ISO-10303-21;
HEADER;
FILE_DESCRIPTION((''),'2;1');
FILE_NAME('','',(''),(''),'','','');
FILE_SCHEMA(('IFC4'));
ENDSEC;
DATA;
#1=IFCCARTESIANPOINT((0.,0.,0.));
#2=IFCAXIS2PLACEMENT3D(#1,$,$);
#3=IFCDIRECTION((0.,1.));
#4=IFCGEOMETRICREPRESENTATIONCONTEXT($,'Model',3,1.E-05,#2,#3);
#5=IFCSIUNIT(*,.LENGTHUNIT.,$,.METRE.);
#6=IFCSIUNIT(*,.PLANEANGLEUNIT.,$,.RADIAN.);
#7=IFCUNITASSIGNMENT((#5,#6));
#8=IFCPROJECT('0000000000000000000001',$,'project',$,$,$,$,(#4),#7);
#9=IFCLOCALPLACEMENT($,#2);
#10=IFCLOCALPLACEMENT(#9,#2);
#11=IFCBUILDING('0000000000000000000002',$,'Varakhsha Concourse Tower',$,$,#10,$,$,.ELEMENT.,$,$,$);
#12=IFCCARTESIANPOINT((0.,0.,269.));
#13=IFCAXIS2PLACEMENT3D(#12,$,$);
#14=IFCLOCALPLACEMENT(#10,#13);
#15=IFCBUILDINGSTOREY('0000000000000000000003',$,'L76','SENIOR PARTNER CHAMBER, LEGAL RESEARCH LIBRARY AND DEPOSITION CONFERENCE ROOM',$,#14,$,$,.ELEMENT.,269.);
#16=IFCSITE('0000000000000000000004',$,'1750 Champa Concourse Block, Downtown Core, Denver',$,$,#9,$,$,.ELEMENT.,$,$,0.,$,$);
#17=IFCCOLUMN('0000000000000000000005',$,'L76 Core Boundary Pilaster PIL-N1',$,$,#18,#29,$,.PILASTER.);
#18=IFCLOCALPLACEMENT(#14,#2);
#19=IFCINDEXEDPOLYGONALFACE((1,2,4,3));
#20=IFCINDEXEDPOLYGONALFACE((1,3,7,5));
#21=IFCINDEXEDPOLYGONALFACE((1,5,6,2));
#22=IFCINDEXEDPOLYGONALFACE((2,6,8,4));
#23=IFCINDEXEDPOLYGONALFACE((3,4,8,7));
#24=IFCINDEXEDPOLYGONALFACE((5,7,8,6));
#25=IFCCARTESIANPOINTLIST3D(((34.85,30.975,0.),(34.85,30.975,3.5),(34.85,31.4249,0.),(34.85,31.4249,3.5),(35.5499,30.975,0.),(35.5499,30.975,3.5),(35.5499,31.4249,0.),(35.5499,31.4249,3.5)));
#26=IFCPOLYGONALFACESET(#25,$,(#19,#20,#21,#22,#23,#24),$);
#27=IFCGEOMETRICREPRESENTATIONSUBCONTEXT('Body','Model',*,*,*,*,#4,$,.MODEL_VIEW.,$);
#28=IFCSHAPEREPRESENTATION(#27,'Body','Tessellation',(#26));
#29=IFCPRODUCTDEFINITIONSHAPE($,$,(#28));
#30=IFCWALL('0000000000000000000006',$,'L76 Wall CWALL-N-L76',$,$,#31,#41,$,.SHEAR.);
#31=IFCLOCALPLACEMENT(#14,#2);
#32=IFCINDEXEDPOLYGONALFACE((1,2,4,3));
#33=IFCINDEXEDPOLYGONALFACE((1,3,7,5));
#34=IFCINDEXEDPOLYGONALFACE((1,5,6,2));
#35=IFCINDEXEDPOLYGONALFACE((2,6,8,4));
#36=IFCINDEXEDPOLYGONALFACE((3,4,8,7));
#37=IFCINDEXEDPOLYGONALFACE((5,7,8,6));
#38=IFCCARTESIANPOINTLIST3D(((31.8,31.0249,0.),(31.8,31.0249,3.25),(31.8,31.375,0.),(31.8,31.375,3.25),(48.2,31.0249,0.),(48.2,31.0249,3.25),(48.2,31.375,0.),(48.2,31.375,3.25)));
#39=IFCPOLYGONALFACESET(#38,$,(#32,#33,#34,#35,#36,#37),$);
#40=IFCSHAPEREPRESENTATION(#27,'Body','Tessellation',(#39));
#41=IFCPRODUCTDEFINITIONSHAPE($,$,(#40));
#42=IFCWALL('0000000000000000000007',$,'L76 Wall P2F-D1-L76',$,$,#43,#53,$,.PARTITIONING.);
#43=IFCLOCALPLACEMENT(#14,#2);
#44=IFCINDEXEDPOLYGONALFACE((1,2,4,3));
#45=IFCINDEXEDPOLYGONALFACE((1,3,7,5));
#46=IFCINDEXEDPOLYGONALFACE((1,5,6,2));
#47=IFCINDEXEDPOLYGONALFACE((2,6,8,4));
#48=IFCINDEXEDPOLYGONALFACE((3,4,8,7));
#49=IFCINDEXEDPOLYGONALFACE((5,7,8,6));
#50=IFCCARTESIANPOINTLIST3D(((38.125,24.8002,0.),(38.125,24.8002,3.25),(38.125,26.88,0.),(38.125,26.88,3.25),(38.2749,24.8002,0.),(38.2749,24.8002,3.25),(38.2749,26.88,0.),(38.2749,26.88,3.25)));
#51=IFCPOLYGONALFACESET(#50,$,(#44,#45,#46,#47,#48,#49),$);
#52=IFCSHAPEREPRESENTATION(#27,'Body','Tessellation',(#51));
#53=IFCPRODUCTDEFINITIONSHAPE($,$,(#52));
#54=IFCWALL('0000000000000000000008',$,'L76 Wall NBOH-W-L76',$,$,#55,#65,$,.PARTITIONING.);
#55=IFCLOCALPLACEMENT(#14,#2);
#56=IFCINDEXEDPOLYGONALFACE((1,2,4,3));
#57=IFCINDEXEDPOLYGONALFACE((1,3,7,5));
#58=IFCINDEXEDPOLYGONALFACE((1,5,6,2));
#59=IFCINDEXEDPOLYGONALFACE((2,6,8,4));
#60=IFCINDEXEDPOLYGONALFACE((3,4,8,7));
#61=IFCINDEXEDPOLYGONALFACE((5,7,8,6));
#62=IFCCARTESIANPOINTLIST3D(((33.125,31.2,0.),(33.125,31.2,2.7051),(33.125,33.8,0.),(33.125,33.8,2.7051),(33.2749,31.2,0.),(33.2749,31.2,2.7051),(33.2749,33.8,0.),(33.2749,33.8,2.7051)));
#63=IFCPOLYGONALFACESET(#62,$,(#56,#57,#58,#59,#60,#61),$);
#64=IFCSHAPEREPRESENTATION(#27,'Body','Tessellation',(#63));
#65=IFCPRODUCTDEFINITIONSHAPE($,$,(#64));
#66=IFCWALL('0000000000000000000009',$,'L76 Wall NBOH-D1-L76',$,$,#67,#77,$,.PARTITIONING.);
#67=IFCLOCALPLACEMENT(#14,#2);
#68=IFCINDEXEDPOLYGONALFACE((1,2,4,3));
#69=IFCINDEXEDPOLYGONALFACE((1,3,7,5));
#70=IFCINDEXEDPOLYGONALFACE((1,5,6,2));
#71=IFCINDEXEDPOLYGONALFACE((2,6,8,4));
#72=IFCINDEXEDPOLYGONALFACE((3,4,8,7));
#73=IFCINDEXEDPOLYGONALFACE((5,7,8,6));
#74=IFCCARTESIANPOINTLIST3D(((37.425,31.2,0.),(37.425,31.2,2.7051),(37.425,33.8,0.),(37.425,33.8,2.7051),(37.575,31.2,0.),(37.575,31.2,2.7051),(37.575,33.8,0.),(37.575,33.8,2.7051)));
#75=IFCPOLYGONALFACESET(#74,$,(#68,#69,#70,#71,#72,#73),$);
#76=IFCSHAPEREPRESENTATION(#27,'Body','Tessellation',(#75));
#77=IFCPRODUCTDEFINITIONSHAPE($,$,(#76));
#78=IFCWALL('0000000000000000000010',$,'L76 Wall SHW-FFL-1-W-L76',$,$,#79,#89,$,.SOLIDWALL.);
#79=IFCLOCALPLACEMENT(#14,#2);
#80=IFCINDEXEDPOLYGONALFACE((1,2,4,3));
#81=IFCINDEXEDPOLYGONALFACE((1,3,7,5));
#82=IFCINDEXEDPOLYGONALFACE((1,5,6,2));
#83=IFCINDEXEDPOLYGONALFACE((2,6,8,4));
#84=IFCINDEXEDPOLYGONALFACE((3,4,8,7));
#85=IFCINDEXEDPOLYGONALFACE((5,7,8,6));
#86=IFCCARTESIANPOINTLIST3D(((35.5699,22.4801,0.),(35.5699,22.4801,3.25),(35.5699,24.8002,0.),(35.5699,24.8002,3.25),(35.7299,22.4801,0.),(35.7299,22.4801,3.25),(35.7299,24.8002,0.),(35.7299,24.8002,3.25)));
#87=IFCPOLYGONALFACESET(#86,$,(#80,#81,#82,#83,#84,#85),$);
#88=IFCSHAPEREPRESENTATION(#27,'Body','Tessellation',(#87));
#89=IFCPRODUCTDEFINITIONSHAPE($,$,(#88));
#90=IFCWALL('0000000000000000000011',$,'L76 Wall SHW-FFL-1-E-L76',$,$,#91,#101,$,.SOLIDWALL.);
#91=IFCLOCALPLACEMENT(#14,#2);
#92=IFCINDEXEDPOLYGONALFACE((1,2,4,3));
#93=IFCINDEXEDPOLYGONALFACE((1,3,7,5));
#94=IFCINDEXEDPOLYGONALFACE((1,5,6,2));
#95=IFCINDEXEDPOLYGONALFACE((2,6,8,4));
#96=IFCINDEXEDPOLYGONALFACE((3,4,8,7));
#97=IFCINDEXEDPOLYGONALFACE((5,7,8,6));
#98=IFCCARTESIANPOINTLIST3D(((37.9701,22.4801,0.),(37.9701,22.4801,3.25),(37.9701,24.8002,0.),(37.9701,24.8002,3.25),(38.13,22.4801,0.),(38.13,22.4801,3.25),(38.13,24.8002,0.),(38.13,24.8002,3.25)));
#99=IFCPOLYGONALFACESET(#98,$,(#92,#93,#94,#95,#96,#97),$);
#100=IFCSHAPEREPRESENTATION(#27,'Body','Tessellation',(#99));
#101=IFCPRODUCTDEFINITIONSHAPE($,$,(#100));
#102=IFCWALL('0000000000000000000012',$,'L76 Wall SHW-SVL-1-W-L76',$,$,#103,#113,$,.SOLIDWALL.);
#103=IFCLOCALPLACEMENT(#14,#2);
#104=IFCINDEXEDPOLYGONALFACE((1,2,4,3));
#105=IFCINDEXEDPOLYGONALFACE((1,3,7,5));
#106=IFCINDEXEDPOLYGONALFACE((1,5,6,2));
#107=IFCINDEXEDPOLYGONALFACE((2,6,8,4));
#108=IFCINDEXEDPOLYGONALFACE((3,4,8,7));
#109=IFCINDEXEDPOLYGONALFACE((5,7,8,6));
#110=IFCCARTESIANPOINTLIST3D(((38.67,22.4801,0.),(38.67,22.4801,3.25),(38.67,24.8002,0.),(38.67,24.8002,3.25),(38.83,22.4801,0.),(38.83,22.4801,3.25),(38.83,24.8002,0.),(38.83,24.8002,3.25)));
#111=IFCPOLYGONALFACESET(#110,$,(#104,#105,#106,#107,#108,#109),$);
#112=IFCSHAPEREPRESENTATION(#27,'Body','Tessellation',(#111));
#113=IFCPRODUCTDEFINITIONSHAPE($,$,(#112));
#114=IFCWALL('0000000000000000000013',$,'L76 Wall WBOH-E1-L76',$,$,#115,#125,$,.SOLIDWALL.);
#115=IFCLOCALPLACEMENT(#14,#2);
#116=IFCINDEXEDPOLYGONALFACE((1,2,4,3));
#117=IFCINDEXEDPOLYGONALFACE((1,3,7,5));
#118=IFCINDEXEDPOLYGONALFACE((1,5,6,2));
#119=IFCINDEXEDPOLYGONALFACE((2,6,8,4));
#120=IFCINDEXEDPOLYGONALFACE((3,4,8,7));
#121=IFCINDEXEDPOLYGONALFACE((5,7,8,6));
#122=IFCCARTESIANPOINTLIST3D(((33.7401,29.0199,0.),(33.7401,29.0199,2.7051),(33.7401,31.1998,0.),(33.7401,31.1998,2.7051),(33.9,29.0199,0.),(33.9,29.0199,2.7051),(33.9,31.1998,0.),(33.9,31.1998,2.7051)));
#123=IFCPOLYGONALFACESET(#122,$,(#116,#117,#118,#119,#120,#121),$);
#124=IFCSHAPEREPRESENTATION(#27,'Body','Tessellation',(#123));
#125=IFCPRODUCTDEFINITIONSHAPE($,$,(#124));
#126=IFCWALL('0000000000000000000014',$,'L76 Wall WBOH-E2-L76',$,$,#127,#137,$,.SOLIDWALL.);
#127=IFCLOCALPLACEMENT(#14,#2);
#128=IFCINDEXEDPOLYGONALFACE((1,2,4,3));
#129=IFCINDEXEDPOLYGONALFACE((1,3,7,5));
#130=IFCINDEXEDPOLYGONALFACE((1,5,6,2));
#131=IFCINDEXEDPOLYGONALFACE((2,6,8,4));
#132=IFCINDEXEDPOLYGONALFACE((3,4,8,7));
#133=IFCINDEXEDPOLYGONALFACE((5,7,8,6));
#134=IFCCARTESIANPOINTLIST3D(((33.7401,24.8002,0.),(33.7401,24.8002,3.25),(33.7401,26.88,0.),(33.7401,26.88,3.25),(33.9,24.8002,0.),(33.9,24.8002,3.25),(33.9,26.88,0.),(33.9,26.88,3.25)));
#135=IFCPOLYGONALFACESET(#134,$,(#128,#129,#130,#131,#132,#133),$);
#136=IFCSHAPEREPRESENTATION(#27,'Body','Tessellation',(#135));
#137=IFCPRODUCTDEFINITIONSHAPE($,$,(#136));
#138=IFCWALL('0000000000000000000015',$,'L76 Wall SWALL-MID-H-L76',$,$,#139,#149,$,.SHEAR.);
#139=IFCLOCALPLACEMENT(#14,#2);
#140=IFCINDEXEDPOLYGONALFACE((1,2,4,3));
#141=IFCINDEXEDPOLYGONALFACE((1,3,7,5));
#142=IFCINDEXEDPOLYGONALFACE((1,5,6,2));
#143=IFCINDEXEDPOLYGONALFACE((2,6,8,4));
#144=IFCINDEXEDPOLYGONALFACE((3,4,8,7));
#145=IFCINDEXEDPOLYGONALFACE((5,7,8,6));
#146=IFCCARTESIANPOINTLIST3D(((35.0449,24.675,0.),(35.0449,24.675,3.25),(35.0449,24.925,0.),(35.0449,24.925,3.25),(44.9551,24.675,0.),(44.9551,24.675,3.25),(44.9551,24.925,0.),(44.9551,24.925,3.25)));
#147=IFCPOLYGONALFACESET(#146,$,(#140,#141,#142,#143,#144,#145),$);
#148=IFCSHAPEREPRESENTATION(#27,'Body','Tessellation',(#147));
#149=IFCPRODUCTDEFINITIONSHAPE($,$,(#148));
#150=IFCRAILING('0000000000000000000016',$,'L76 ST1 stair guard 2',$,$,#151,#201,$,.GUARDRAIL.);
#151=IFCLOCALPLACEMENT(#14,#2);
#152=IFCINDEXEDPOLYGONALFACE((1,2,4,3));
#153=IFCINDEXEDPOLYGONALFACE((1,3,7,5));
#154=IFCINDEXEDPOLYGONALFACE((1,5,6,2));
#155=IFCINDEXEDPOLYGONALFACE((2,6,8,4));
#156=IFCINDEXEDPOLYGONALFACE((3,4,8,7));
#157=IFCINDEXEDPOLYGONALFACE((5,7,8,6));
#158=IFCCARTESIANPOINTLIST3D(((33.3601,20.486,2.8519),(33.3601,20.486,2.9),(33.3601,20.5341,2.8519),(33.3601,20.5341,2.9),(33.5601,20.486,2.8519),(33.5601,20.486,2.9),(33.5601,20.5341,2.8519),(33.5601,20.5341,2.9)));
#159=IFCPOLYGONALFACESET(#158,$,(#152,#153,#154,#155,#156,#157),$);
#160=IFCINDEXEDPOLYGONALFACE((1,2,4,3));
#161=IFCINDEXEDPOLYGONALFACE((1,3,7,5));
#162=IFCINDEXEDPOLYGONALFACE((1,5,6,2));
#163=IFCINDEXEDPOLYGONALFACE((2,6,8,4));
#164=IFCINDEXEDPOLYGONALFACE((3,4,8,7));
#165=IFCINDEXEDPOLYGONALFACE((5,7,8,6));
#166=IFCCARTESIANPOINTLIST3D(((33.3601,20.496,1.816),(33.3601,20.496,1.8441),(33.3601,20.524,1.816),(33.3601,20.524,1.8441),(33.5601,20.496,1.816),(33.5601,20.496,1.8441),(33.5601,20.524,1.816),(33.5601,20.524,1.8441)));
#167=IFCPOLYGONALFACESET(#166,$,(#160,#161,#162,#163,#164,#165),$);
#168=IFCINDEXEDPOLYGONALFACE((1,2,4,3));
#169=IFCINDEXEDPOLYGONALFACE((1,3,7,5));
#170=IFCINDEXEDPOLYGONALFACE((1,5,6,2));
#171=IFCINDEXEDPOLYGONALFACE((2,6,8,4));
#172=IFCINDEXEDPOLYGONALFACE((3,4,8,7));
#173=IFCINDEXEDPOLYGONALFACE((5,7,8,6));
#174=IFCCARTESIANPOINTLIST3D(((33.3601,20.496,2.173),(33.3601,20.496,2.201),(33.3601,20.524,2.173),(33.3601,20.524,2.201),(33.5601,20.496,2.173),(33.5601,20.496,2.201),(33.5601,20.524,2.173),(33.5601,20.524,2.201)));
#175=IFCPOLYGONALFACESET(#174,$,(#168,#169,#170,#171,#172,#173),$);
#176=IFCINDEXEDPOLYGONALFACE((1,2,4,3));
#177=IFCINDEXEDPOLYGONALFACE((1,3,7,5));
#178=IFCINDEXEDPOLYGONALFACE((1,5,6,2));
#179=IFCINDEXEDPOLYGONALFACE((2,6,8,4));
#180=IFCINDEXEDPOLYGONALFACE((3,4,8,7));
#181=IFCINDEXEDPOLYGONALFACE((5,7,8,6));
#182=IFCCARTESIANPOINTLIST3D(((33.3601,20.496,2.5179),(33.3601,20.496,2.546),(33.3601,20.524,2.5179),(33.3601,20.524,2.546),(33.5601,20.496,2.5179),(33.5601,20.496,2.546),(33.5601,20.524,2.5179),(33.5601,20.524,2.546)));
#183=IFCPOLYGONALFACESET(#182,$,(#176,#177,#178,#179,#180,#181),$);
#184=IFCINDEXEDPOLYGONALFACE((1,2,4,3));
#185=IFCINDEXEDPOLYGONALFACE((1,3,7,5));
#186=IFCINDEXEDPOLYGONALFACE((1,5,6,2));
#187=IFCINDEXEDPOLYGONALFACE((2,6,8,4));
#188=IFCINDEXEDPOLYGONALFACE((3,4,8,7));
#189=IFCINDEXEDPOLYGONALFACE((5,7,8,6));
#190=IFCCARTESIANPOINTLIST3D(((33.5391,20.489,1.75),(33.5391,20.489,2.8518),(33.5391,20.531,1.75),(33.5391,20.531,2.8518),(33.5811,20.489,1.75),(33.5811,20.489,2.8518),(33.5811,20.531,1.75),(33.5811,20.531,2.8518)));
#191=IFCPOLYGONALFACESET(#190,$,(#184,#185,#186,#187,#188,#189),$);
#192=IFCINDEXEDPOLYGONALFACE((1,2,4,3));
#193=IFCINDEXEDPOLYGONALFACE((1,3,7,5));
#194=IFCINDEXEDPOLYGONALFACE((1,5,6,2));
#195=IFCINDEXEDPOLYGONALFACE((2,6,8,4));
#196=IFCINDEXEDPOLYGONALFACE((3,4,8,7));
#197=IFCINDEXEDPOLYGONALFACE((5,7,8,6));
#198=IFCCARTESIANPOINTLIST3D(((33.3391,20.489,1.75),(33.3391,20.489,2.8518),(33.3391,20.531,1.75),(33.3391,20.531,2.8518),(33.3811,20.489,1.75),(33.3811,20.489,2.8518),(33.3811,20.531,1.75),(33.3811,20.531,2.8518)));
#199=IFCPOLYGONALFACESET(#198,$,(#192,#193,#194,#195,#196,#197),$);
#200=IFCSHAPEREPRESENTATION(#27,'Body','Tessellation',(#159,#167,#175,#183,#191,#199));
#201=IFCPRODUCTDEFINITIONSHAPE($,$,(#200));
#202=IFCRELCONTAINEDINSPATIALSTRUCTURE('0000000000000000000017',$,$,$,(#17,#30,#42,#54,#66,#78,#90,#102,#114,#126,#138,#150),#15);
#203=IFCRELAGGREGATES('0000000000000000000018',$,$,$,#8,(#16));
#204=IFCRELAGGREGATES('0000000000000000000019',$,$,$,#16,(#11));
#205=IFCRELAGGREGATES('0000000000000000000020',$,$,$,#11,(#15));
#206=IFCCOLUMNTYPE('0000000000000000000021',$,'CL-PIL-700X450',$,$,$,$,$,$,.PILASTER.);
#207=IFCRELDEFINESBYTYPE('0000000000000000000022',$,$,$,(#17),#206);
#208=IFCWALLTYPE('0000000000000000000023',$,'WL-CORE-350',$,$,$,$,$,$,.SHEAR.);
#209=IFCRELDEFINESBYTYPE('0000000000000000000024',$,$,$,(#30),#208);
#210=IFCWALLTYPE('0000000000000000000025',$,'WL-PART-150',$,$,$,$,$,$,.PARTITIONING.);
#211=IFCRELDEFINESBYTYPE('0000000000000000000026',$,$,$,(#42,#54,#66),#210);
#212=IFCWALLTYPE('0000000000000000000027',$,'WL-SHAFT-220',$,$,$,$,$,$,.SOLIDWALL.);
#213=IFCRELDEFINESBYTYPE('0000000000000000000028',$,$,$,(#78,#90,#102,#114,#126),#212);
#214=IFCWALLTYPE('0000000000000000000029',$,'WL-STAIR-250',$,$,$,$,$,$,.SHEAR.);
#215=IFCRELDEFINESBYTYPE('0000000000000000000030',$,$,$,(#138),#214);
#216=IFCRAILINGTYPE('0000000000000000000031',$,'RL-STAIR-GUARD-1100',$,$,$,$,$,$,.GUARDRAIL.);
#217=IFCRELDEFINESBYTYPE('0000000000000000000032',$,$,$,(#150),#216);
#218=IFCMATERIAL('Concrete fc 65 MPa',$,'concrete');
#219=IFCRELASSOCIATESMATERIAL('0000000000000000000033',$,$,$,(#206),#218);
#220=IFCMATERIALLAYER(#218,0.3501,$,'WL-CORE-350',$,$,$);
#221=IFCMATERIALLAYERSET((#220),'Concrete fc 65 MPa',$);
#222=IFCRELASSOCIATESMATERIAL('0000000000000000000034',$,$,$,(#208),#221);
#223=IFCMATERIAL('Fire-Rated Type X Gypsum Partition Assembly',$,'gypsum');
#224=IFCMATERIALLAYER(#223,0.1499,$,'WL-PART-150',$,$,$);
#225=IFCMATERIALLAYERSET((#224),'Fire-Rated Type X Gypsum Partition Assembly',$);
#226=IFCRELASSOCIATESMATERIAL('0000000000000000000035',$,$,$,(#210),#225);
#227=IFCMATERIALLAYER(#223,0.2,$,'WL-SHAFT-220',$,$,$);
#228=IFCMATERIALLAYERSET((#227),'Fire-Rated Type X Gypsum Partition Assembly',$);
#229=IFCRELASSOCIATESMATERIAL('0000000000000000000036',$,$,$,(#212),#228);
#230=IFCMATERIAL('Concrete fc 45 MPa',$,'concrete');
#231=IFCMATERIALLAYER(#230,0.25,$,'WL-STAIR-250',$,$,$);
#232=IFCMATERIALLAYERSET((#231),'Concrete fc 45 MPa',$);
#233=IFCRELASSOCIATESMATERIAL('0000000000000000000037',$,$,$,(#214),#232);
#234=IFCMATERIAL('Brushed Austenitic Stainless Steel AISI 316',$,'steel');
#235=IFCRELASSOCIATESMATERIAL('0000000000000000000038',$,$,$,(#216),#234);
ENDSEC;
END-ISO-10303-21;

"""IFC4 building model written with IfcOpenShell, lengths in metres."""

from ifc_helpers import new_model, si_unit, direction, frame, frame_2d, origin, origin_2d, place, context, subcontext, project, spatial, rectangle, extrude, material, layer, layer_set, material_profile, profile_set, type_object, element, save


model = new_model("IFC4")

# Units and contexts
model_context = context("Model", 3, precision=1e-05, world=origin(), true_north=direction((0.0, 1.0)))
body_context = subcontext(model_context, "Body", "Model", "MODEL_VIEW")
ifc_project = project(units=[si_unit("LENGTHUNIT", "METRE"), si_unit("PLANEANGLEUNIT", "RADIAN")], contexts=[model_context])

# Site, building, storey
site_placement = place(None, origin())
site = spatial("IfcSite", under=ifc_project, at=site_placement, Name="1750 Champa Concourse Block, Downtown Core, Denver", CompositionType="ELEMENT", RefElevation=0.0)
building_placement = place(site_placement, origin())
building = spatial("IfcBuilding", under=site, at=building_placement, Name="Varakhsha Concourse Tower", CompositionType="ELEMENT")
storey_placement = place(building_placement, frame((0.0, 0.0, 269.0)))
storey = spatial("IfcBuildingStorey", under=building, at=storey_placement, Name="L76", Description="SENIOR PARTNER CHAMBER, LEGAL RESEARCH LIBRARY AND DEPOSITION CONFERENCE ROOM", CompositionType="ELEMENT", Elevation=269.0)

# Column
ifc_material_1 = material(Name="Concrete fc 65 MPa", Category="concrete")
ifc_material_profile = material_profile(ifc_material_1, rectangle(XDim=0.7, YDim=0.45, at=origin_2d()), Name="RC 700x450")
ifc_profile_set = profile_set([ifc_material_profile], Name="Concrete fc 65 MPa")
column_type = type_object("IfcColumnType", Name="CL-PIL-700X450", PredefinedType="PILASTER", material=ifc_profile_set)
column_placement = place(storey_placement, frame((35.2, 31.2, 0.0), z_axis=(0.0, 0.0, 1.0), x_axis=(1.0, 0.0, 0.0)))
element("IfcColumn", 1, at=column_placement, inside=storey, type_object=column_type, Name="L76 Core Boundary Pilaster PIL-N1", PredefinedType="PILASTER", context=body_context, shape_type="SweptSolid", body=[
    extrude(rectangle(XDim=0.7, YDim=0.45, at=origin_2d()), origin(), (0.0, 0.0, 1.0), 3.5),
])

# Walls
ifc_layer_1 = layer(ifc_material_1, 0.3501, Name="WL-CORE-350")
ifc_layer_set_1 = layer_set([ifc_layer_1], Name="Concrete fc 65 MPa")
wall_type_1 = type_object("IfcWallType", Name="WL-CORE-350", PredefinedType="SHEAR", material=ifc_layer_set_1)
wall_1_placement = place(storey_placement, frame((31.8, 31.2, 0.0), z_axis=(0.0, 0.0, 1.0), x_axis=(1.0, 0.0, 0.0)))
element("IfcWall", 2, at=wall_1_placement, inside=storey, type_object=wall_type_1, Name="L76 Wall CWALL-N-L76", PredefinedType="SHEAR", context=body_context, shape_type="SweptSolid", body=[
    extrude(rectangle(XDim=16.3999, YDim=0.3501, at=frame_2d((8.2, 0.0))), origin(), (0.0, 0.0, 1.0), 3.25),
])
ifc_material_2 = material(Name="Fire-Rated Type X Gypsum Partition Assembly", Category="gypsum")
ifc_layer_2 = layer(ifc_material_2, 0.1499, Name="WL-PART-150")
ifc_layer_set_2 = layer_set([ifc_layer_2], Name="Fire-Rated Type X Gypsum Partition Assembly")
wall_type_2 = type_object("IfcWallType", Name="WL-PART-150", PredefinedType="PARTITIONING", material=ifc_layer_set_2)
wall_2_placement = place(storey_placement, frame((38.2, 24.8, 0.0), z_axis=(0.0, 0.0, 1.0), x_axis=(0.0, 1.0, 0.0)))
element("IfcWall", 3, at=wall_2_placement, inside=storey, type_object=wall_type_2, Name="L76 Wall P2F-D1-L76", PredefinedType="PARTITIONING", context=body_context, shape_type="SweptSolid", body=[
    extrude(rectangle(XDim=2.0798, YDim=0.1499, at=frame_2d((1.04, 0.0))), origin(), (0.0, 0.0, 1.0), 3.25),
])
for number, where, z_axis, x_axis, name in (
    (4, (33.2, 31.2, 0.0), (0.0, 0.0, 1.0), (0.0, 1.0, 0.0), "L76 Wall NBOH-W-L76"),
    (5, (37.5, 31.2, 0.0), (0.0, 0.0, 1.0), (0.0, 1.0, 0.0), "L76 Wall NBOH-D1-L76"),
):
    element("IfcWall", number, at=place(storey_placement, frame(where, z_axis=z_axis, x_axis=x_axis)), inside=storey, type_object=wall_type_2, Name=name, PredefinedType="PARTITIONING", context=body_context, shape_type="SweptSolid", body=[
        extrude(rectangle(XDim=2.6001, YDim=0.1499, at=frame_2d((1.3, 0.0))), origin(), (0.0, 0.0, 1.0), 2.7051),
    ])

# Shared definitions
ifc_layer_3 = layer(ifc_material_2, 0.2, Name="WL-SHAFT-220")
ifc_layer_set_3 = layer_set([ifc_layer_3], Name="Fire-Rated Type X Gypsum Partition Assembly")
wall_type_3 = type_object("IfcWallType", Name="WL-SHAFT-220", PredefinedType="SOLIDWALL", material=ifc_layer_set_3)
ifc_material_3 = material(Name="Brushed Austenitic Stainless Steel AISI 316", Category="steel")

# Walls
for number, where, z_axis, x_axis, name in (
    (6, (35.6499, 22.48, 0.0), (0.0, 0.0, 1.0), (0.0, 1.0, 0.0), "L76 Wall SHW-FFL-1-W-L76"),
    (7, (38.05, 22.48, 0.0), (0.0, 0.0, 1.0), (0.0, 1.0, 0.0), "L76 Wall SHW-FFL-1-E-L76"),
    (8, (38.75, 22.48, 0.0), (0.0, 0.0, 1.0), (0.0, 1.0, 0.0), "L76 Wall SHW-SVL-1-W-L76"),
):
    element("IfcWall", number, at=place(storey_placement, frame(where, z_axis=z_axis, x_axis=x_axis)), inside=storey, type_object=wall_type_3, Name=name, PredefinedType="SOLIDWALL", context=body_context, shape_type="SweptSolid", body=[
        extrude(rectangle(XDim=2.3201, YDim=0.1599, at=frame_2d((1.1602, 0.0))), origin(), (0.0, 0.0, 1.0), 3.25),
    ])

# Walls
wall_3_placement = place(storey_placement, frame((33.8201, 29.02, 0.0), z_axis=(0.0, 0.0, 1.0), x_axis=(0.0, 1.0, 0.0)))
element("IfcWall", 9, at=wall_3_placement, inside=storey, type_object=wall_type_3, Name="L76 Wall WBOH-E1-L76", PredefinedType="SOLIDWALL", context=body_context, shape_type="SweptSolid", body=[
    extrude(rectangle(XDim=2.1799, YDim=0.1599, at=frame_2d((1.0898, 0.0))), origin(), (0.0, 0.0, 1.0), 2.7051),
])
wall_4_placement = place(storey_placement, frame((33.8201, 24.8, 0.0), z_axis=(0.0, 0.0, 1.0), x_axis=(0.0, 1.0, 0.0)))
element("IfcWall", 10, at=wall_4_placement, inside=storey, type_object=wall_type_3, Name="L76 Wall WBOH-E2-L76", PredefinedType="SOLIDWALL", context=body_context, shape_type="SweptSolid", body=[
    extrude(rectangle(XDim=2.0798, YDim=0.1599, at=frame_2d((1.04, 0.0))), origin(), (0.0, 0.0, 1.0), 3.25),
])
ifc_material_4 = material(Name="Concrete fc 45 MPa", Category="concrete")
ifc_layer_4 = layer(ifc_material_4, 0.25, Name="WL-STAIR-250")
ifc_layer_set_4 = layer_set([ifc_layer_4], Name="Concrete fc 45 MPa")
wall_type_4 = type_object("IfcWallType", Name="WL-STAIR-250", PredefinedType="SHEAR", material=ifc_layer_set_4)
wall_5_placement = place(storey_placement, frame((35.0449, 24.8, 0.0), z_axis=(0.0, 0.0, 1.0), x_axis=(1.0, 0.0, 0.0)))
element("IfcWall", 11, at=wall_5_placement, inside=storey, type_object=wall_type_4, Name="L76 Wall SWALL-MID-H-L76", PredefinedType="SHEAR", context=body_context, shape_type="SweptSolid", body=[
    extrude(rectangle(XDim=9.9102, YDim=0.25, at=frame_2d((4.9551, 0.0))), origin(), (0.0, 0.0, 1.0), 3.25),
])

# Railing
railing_type = type_object("IfcRailingType", Name="RL-STAIR-GUARD-1100", PredefinedType="GUARDRAIL", material=ifc_material_3)
railing_1_placement = place(storey_placement, frame((33.5601, 20.51, 1.75)))
element("IfcRailing", 12, at=railing_1_placement, inside=storey, type_object=railing_type, Name="L76 ST1 stair guard 2", PredefinedType="GUARDRAIL", context=body_context, shape_type="SweptSolid", body=[
    extrude(rectangle(XDim=0.0481, YDim=0.0481, at=origin_2d()), frame((0.0, 0.0, 1.126), z_axis=(-1.0, 0.0, 0.0), x_axis=(0.0, -1.0, 0.0)), (0.0, 0.0, 1.0), 0.2),
    extrude(rectangle(XDim=0.0281, YDim=0.0281, at=origin_2d()), frame((0.0, 0.0, 0.0801), z_axis=(-1.0, 0.0, 0.0), x_axis=(0.0, -1.0, 0.0)), (0.0, 0.0, 1.0), 0.2),
    extrude(rectangle(XDim=0.0281, YDim=0.0281, at=origin_2d()), frame((0.0, 0.0, 0.437), z_axis=(-1.0, 0.0, 0.0), x_axis=(0.0, -1.0, 0.0)), (0.0, 0.0, 1.0), 0.2),
    extrude(rectangle(XDim=0.0281, YDim=0.0281, at=origin_2d()), frame((0.0, 0.0, 0.782), z_axis=(-1.0, 0.0, 0.0), x_axis=(0.0, -1.0, 0.0)), (0.0, 0.0, 1.0), 0.2),
    extrude(rectangle(XDim=0.042, YDim=0.042, at=origin_2d()), origin(), (0.0, 0.0, 1.0), 1.1018),
    extrude(rectangle(XDim=0.042, YDim=0.042, at=origin_2d()), frame((-0.2, 0.0, 0.0)), (0.0, 0.0, 1.0), 1.1018),
])

save(model, "model.ifc")
